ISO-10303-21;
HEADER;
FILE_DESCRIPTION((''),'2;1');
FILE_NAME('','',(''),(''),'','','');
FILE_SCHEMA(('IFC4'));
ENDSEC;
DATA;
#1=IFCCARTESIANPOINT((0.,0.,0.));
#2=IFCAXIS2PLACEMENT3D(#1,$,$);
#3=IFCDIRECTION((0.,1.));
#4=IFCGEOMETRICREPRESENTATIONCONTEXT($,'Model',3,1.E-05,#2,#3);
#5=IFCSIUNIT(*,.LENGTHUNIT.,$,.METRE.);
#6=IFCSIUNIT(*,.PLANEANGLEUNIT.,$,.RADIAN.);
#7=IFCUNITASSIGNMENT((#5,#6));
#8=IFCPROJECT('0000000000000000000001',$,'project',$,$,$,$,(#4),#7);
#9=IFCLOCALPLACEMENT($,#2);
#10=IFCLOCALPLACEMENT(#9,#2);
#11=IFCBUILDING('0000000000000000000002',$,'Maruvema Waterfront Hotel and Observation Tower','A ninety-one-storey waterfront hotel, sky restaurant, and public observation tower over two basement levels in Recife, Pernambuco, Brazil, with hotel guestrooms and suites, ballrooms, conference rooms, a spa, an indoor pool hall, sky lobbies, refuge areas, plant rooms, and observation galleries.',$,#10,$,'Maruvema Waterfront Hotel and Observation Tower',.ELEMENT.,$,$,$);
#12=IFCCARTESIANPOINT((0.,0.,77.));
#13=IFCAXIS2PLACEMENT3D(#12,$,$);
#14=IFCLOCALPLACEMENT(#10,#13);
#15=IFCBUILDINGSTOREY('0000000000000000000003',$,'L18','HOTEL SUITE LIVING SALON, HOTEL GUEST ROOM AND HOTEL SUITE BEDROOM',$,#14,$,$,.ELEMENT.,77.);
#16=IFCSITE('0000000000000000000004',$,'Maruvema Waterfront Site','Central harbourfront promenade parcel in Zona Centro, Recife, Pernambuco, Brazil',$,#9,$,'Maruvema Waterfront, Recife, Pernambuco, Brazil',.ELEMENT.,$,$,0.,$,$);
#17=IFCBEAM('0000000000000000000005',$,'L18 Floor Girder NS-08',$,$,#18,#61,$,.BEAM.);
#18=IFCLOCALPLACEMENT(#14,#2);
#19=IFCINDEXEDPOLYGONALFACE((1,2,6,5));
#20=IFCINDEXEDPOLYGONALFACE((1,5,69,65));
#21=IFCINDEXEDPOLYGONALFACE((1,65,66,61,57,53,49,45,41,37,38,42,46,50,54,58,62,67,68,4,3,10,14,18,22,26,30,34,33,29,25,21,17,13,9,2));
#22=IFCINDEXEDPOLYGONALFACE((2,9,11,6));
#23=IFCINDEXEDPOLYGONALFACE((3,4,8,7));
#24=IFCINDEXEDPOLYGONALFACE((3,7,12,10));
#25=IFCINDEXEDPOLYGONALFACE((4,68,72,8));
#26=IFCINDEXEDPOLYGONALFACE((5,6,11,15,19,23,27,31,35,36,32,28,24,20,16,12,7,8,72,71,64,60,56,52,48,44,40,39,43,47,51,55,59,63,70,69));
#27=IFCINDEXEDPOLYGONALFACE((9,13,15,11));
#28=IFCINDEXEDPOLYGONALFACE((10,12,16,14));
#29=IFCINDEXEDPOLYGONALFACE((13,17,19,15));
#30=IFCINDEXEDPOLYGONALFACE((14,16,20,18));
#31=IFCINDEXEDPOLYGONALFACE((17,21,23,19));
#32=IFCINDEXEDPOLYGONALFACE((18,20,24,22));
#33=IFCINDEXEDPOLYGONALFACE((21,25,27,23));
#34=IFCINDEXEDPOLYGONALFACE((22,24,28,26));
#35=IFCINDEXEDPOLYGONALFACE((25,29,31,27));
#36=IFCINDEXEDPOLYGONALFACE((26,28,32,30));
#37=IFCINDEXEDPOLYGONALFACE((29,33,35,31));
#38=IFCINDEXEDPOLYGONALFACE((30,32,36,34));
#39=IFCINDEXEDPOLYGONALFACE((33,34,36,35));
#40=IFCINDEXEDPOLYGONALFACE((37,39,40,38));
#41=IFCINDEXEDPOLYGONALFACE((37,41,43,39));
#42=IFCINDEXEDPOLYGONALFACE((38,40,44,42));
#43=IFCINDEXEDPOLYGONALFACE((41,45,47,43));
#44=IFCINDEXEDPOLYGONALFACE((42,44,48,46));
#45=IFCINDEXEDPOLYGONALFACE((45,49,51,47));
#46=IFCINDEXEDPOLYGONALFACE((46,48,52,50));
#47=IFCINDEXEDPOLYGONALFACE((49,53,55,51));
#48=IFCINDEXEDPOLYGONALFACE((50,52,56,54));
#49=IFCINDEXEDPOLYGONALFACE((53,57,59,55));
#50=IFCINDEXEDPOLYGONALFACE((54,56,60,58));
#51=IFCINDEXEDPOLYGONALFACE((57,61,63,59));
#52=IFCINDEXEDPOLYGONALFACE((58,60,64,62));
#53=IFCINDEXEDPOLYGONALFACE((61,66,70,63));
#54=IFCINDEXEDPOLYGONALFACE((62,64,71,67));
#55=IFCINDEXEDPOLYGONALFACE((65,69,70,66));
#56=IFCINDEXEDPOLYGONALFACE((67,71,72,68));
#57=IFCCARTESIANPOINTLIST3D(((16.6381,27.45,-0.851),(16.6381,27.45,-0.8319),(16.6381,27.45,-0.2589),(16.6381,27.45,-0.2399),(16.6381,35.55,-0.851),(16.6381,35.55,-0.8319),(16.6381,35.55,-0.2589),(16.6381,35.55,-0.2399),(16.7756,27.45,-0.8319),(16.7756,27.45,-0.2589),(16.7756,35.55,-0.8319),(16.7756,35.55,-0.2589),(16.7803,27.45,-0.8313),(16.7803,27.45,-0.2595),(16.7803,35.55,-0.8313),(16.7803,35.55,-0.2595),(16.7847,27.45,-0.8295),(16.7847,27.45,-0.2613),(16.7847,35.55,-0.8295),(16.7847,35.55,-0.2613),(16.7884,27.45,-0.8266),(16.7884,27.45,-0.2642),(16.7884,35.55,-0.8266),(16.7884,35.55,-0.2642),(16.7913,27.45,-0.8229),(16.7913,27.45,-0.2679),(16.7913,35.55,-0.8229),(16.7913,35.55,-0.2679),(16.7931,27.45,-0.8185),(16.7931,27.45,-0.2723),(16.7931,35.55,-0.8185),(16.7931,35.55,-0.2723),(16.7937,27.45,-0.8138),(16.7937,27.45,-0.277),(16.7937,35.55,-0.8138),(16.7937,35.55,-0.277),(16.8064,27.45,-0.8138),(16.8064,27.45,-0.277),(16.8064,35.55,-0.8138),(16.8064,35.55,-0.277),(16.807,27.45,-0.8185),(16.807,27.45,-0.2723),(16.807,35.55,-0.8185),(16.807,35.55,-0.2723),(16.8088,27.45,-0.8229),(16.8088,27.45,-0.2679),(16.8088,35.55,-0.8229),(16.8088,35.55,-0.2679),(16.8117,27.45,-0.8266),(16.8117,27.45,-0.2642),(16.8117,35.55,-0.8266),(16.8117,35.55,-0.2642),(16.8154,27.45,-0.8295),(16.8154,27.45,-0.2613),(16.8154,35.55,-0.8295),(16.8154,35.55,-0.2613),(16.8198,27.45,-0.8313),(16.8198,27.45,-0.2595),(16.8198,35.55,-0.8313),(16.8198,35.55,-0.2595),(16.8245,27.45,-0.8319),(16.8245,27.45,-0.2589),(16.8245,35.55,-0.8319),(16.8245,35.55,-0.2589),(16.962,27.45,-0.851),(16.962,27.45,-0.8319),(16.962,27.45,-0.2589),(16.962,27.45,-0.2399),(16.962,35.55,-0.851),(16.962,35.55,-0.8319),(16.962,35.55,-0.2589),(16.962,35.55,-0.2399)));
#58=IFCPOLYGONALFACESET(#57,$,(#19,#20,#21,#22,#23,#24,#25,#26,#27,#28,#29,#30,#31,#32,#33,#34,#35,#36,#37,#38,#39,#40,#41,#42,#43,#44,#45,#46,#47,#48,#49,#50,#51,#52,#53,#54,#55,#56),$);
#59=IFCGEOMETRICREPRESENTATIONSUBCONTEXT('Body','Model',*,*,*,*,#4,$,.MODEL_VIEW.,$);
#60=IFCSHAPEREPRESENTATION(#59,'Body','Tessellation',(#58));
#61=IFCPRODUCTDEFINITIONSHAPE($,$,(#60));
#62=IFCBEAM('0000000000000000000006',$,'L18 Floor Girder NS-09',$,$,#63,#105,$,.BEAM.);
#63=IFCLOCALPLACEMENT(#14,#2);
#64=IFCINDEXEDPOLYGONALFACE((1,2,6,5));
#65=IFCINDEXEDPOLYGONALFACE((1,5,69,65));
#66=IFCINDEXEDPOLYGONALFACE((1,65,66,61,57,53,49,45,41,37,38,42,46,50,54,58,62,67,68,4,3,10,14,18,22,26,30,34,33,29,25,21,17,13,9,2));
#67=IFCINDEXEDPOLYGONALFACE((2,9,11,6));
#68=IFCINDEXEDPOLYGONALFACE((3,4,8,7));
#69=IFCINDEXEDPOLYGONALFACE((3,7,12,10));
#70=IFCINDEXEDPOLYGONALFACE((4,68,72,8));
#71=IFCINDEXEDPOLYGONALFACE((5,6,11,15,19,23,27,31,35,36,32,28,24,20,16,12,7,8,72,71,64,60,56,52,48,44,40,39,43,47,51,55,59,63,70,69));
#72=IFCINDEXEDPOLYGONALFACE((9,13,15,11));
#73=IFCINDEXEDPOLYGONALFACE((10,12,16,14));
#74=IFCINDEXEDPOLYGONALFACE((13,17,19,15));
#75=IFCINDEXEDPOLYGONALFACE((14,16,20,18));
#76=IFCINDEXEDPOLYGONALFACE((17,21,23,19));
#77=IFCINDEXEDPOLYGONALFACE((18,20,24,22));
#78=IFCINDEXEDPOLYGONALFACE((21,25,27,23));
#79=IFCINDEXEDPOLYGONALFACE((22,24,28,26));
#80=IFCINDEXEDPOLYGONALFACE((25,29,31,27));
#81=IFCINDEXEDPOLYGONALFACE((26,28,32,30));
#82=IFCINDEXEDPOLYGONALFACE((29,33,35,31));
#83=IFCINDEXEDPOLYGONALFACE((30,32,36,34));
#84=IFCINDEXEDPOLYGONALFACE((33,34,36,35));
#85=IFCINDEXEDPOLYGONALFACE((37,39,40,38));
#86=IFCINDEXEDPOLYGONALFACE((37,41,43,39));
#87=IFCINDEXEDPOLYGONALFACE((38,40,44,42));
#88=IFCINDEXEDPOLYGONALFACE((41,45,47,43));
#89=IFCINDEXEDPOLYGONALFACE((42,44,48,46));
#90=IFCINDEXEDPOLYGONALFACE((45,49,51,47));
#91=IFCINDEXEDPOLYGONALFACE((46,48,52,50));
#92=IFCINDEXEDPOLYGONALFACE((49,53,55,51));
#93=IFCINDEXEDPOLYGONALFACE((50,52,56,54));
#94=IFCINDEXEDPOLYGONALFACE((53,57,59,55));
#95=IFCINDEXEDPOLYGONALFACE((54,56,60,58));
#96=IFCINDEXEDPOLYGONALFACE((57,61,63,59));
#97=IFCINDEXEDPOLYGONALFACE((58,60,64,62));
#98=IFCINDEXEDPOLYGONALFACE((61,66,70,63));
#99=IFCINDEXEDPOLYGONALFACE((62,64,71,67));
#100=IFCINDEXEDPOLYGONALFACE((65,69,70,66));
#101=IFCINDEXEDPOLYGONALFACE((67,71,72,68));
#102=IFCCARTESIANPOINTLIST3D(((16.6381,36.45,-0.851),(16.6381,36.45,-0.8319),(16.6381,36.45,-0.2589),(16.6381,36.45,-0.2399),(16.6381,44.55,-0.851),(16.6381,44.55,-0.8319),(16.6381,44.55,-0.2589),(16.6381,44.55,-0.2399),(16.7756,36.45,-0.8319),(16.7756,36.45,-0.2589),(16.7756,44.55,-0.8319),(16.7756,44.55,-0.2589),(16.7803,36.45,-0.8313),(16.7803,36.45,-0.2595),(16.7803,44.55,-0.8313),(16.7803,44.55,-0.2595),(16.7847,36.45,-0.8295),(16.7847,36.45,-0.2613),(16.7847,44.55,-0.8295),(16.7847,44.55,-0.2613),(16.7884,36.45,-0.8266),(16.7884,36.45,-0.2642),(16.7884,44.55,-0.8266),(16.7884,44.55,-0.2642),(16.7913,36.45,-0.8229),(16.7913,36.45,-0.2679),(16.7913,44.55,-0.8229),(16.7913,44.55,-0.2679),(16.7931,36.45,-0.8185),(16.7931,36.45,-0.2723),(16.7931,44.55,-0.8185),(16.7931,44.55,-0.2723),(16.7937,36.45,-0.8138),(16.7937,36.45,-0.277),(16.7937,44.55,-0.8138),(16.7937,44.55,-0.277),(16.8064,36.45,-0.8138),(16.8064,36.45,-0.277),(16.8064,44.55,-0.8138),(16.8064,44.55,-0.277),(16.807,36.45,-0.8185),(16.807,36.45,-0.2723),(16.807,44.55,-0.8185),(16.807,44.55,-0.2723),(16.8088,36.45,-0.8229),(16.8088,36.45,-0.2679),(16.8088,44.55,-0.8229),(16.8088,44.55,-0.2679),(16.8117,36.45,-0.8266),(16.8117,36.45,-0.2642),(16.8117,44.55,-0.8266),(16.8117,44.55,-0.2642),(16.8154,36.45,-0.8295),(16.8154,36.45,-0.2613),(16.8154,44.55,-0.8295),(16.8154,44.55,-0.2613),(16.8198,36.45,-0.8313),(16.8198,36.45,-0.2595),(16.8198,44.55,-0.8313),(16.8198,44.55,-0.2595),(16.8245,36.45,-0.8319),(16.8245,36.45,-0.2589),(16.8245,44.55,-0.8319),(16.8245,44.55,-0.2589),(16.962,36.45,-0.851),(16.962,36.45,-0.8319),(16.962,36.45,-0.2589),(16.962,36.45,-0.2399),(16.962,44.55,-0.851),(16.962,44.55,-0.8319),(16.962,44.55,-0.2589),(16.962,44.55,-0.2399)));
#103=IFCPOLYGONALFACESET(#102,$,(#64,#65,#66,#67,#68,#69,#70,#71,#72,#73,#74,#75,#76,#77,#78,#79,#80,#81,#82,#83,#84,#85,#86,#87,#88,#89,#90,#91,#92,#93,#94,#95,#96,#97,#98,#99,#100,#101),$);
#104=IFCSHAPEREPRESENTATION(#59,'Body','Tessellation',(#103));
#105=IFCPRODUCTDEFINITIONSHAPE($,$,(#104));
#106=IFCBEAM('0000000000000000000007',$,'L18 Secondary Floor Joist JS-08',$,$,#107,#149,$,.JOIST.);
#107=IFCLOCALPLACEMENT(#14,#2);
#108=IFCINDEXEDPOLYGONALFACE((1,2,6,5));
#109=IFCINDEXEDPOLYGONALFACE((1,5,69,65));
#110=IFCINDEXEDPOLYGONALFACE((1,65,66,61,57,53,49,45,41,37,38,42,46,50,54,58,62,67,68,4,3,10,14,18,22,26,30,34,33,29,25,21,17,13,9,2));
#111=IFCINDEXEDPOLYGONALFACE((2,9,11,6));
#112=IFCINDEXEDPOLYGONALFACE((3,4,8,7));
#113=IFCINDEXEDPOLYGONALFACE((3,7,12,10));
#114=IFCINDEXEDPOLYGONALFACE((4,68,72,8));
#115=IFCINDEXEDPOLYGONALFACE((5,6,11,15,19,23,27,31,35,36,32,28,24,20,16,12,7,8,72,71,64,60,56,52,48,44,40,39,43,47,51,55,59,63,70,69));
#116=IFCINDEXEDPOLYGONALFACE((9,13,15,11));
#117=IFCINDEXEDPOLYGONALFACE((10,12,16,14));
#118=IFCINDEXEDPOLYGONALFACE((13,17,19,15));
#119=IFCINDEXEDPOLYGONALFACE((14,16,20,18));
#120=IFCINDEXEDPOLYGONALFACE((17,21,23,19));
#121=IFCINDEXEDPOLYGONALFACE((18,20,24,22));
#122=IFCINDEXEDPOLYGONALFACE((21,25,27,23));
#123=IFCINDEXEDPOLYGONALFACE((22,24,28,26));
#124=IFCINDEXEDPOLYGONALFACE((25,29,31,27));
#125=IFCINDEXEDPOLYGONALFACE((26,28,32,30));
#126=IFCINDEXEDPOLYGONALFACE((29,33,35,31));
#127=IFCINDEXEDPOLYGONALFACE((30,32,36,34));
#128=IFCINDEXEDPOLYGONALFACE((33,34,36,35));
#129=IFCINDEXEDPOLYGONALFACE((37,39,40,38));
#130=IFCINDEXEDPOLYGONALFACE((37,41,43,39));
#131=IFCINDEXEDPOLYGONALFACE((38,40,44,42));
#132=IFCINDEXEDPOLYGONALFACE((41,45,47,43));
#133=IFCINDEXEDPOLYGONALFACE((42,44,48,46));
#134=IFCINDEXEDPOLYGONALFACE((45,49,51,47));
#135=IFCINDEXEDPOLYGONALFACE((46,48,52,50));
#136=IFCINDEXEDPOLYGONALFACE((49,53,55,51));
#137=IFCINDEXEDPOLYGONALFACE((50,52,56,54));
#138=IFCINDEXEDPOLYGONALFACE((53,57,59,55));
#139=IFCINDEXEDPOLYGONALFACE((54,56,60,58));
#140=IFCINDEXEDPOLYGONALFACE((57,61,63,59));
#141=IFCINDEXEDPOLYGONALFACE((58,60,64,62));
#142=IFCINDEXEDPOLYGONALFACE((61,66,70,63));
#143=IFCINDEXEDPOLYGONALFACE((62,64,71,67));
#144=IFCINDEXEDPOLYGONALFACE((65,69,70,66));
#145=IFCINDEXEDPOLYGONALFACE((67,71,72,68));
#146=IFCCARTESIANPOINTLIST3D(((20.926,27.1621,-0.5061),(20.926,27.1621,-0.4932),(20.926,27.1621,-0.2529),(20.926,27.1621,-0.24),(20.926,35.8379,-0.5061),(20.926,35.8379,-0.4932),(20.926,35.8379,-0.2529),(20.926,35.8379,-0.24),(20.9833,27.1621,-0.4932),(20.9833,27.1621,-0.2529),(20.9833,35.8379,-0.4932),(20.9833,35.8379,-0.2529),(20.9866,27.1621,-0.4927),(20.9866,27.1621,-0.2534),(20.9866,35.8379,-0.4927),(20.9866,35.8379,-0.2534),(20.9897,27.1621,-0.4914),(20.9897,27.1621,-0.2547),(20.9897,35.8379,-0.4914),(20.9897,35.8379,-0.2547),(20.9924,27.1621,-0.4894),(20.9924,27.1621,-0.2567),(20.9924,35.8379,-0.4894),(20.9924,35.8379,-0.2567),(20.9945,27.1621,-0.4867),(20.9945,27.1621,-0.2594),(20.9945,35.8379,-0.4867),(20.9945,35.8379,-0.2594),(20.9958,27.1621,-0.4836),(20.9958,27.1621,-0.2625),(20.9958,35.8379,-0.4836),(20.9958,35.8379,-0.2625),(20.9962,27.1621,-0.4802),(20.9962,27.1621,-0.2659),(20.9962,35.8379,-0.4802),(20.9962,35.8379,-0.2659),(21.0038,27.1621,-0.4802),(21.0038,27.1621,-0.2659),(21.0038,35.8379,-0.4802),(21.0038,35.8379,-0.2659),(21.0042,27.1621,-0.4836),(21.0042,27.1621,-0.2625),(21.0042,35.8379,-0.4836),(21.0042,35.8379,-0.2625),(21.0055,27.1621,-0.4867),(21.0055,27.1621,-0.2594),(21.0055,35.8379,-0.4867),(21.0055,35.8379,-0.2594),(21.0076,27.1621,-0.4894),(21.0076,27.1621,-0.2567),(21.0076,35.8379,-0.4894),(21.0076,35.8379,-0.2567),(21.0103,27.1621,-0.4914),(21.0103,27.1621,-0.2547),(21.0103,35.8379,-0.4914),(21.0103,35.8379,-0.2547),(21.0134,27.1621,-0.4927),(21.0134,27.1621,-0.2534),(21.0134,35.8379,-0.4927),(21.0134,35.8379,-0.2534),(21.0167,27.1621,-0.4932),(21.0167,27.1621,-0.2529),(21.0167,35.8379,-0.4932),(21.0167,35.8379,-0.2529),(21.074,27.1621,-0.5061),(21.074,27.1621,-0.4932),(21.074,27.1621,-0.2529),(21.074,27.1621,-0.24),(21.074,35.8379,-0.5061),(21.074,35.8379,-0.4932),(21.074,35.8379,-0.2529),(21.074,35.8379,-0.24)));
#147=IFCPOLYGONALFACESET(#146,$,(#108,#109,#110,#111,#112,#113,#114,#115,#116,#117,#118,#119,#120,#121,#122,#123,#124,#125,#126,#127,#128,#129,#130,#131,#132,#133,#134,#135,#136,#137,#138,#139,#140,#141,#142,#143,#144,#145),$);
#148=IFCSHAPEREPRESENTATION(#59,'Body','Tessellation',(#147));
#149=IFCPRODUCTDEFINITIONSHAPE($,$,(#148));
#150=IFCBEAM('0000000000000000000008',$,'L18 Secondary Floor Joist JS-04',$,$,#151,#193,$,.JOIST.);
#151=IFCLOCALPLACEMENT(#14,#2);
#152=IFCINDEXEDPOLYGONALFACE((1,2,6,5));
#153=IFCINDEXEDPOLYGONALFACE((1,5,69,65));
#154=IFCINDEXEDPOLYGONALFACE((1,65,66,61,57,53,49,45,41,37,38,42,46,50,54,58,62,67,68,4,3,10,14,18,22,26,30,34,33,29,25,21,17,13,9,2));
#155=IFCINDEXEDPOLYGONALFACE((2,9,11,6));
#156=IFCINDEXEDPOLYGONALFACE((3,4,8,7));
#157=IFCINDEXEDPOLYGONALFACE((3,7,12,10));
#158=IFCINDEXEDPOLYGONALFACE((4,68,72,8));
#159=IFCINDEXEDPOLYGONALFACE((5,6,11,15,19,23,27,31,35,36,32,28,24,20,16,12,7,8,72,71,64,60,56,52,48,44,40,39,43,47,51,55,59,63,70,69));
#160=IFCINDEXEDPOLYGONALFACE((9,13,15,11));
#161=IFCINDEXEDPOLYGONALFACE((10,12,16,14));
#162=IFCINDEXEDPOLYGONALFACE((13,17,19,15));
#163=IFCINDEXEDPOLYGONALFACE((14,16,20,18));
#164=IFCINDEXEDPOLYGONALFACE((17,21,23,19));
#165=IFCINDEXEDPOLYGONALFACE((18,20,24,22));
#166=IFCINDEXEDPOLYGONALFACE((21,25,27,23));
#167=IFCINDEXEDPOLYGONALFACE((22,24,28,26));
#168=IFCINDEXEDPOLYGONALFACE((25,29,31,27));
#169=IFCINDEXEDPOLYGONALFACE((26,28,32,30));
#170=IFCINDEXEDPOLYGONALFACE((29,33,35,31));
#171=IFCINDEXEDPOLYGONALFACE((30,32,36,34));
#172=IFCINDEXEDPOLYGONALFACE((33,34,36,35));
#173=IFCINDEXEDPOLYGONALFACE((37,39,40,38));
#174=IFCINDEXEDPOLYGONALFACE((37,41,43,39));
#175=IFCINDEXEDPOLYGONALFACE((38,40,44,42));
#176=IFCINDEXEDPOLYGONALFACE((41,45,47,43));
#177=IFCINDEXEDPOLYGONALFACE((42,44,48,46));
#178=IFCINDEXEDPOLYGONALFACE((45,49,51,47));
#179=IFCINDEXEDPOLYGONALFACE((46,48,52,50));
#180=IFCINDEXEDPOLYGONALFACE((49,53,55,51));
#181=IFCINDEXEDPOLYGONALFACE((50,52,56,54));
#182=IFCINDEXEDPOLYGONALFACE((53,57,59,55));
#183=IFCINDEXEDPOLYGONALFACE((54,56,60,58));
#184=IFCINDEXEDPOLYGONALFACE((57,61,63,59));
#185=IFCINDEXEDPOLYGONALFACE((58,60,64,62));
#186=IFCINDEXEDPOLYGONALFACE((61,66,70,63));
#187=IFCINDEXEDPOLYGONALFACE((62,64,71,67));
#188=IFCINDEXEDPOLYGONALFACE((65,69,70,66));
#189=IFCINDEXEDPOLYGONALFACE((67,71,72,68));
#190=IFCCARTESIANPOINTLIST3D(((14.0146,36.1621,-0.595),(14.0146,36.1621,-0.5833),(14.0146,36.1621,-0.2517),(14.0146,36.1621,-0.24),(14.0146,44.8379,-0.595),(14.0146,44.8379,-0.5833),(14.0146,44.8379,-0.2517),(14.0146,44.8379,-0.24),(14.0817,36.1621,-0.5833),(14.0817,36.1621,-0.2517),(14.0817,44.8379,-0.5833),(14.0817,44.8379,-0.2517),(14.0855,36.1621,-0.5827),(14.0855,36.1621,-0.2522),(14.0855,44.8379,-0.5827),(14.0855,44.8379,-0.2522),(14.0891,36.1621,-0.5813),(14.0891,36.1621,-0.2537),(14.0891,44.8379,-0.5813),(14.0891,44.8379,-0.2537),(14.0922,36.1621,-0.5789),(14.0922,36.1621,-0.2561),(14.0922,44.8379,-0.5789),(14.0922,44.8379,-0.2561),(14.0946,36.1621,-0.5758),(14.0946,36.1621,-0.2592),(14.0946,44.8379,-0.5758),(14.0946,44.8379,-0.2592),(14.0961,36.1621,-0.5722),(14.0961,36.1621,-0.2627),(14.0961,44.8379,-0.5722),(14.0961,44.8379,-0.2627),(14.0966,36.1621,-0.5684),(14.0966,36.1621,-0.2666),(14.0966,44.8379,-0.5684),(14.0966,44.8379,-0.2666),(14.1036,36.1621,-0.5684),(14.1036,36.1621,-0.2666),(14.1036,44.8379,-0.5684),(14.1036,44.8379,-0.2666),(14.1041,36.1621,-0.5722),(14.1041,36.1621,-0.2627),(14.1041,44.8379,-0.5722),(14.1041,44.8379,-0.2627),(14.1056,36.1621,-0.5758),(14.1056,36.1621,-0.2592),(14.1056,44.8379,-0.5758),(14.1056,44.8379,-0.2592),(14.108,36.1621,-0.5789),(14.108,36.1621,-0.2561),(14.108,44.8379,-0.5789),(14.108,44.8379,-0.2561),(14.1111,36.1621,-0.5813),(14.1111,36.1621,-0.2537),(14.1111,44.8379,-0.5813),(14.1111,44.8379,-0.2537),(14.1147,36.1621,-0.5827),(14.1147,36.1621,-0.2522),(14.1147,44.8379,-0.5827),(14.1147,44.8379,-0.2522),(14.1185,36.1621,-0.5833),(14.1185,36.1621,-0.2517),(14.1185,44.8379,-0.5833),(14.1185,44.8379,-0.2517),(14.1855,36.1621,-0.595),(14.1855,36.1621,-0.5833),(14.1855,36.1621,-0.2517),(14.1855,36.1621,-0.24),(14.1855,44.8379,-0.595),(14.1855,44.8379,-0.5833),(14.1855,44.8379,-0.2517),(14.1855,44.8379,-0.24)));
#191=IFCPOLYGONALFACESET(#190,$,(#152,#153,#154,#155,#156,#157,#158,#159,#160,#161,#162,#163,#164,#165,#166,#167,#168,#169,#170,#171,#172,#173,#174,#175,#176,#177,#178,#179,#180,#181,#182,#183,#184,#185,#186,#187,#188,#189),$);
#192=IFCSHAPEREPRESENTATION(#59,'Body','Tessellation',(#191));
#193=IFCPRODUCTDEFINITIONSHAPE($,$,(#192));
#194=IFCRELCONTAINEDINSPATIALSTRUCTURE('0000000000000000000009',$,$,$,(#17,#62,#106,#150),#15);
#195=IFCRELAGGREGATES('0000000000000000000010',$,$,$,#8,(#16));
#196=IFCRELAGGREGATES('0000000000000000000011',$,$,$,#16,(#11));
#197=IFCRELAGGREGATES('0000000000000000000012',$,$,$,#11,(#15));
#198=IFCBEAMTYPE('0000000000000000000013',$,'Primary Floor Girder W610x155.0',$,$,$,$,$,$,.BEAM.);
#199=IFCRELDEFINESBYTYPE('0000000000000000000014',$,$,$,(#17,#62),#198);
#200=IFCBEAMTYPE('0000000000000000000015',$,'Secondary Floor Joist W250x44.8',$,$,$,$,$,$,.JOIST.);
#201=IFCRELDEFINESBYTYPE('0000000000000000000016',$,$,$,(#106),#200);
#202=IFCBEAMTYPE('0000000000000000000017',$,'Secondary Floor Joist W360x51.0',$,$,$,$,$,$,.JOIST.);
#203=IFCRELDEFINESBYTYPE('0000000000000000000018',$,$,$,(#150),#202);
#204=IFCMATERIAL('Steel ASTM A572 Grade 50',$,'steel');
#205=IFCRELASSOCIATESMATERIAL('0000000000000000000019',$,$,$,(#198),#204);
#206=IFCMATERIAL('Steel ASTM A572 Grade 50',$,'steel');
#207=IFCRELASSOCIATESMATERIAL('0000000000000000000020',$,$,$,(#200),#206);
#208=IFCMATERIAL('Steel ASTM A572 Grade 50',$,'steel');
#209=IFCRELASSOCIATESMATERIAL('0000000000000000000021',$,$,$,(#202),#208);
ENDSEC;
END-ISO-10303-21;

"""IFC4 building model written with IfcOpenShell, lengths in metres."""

from ifc_helpers import new_model, si_unit, direction, frame, origin, origin_2d, place, context, subcontext, project, spatial, i_section, extrude, material, material_profile, profile_set, type_object, element, save


model = new_model("IFC4")

# Units and contexts
model_context = context("Model", 3, precision=1e-05, world=origin(), true_north=direction((0.0, 1.0)))
body_context = subcontext(model_context, "Body", "Model", "MODEL_VIEW")
ifc_project = project(units=[si_unit("LENGTHUNIT", "METRE"), si_unit("PLANEANGLEUNIT", "RADIAN")], contexts=[model_context])

# Site, building, storey
site_placement = place(None, origin())
site = spatial("IfcSite", under=ifc_project, at=site_placement, Name="Maruvema Waterfront Site", Description="Central harbourfront promenade parcel in Zona Centro, Recife, Pernambuco, Brazil", LongName="Maruvema Waterfront, Recife, Pernambuco, Brazil", CompositionType="ELEMENT", RefElevation=0.0)
building_placement = place(site_placement, origin())
building = spatial("IfcBuilding", under=site, at=building_placement, Name="Maruvema Waterfront Hotel and Observation Tower", Description="A ninety-one-storey waterfront hotel, sky restaurant, and public observation tower over two basement levels in Recife, Pernambuco, Brazil, with hotel guestrooms and suites, ballrooms, conference rooms, a spa, an indoor pool hall, sky lobbies, refuge areas, plant rooms, and observation galleries.", LongName="Maruvema Waterfront Hotel and Observation Tower", CompositionType="ELEMENT")
storey_placement = place(building_placement, frame((0.0, 0.0, 77.0)))
storey = spatial("IfcBuildingStorey", under=building, at=storey_placement, Name="L18", Description="HOTEL SUITE LIVING SALON, HOTEL GUEST ROOM AND HOTEL SUITE BEDROOM", CompositionType="ELEMENT", Elevation=77.0)

# Beams
ifc_material_1 = material(Name="Steel ASTM A572 Grade 50", Category="steel")
ifc_material_profile_1 = material_profile(ifc_material_1, i_section(OverallWidth=0.324, OverallDepth=0.6111, WebThickness=0.0127, FlangeThickness=0.019, FilletRadius=0.0181, at=origin_2d()), Name="W610x155.0")
ifc_profile_set_1 = profile_set([ifc_material_profile_1], Name="Steel ASTM A572 Grade 50")
beam_type_1 = type_object("IfcBeamType", Name="Primary Floor Girder W610x155.0", PredefinedType="BEAM", material=ifc_profile_set_1)
for number, where, z_axis, x_axis, name in (
    (1, (16.8, 27.45, -0.5454), (0.0, 1.0, 0.0), (-1.0, 0.0, 0.0), "L18 Floor Girder NS-08"),
    (2, (16.8, 36.45, -0.5454), (0.0, 1.0, 0.0), (-1.0, 0.0, 0.0), "L18 Floor Girder NS-09"),
):
    element("IfcBeam", number, at=place(storey_placement, frame(where, z_axis=z_axis, x_axis=x_axis)), inside=storey, type_object=beam_type_1, Name=name, PredefinedType="BEAM", context=body_context, shape_type="SweptSolid", body=[
        extrude(i_section(OverallWidth=0.324, OverallDepth=0.6111, WebThickness=0.0127, FlangeThickness=0.019, FilletRadius=0.0181, at=origin_2d()), origin(), (0.0, 0.0, 1.0), 8.1001),
    ])
ifc_material_2 = material(Name="Steel ASTM A572 Grade 50", Category="steel")
ifc_material_profile_2 = material_profile(ifc_material_2, i_section(OverallWidth=0.1479, OverallDepth=0.2661, WebThickness=0.0076, FlangeThickness=0.0129, FilletRadius=0.0129, at=origin_2d()), Name="W250x44.8")
ifc_profile_set_2 = profile_set([ifc_material_profile_2], Name="Steel ASTM A572 Grade 50")
beam_type_2 = type_object("IfcBeamType", Name="Secondary Floor Joist W250x44.8", PredefinedType="JOIST", material=ifc_profile_set_2)
beam_1_placement = place(storey_placement, frame((21.0, 27.1621, -0.373), z_axis=(0.0, 1.0, 0.0), x_axis=(-1.0, 0.0, 0.0)))
element("IfcBeam", 3, at=beam_1_placement, inside=storey, type_object=beam_type_2, Name="L18 Secondary Floor Joist JS-08", PredefinedType="JOIST", context=body_context, shape_type="SweptSolid", body=[
    extrude(i_section(OverallWidth=0.1479, OverallDepth=0.2661, WebThickness=0.0076, FlangeThickness=0.0129, FilletRadius=0.0129, at=origin_2d()), origin(), (0.0, 0.0, 1.0), 8.6758),
])
ifc_material_3 = material(Name="Steel ASTM A572 Grade 50", Category="steel")
ifc_material_profile_3 = material_profile(ifc_material_3, i_section(OverallWidth=0.1709, OverallDepth=0.355, WebThickness=0.0071, FlangeThickness=0.0117, FilletRadius=0.0149, at=origin_2d()), Name="W360x51.0")
ifc_profile_set_3 = profile_set([ifc_material_profile_3], Name="Steel ASTM A572 Grade 50")
beam_type_3 = type_object("IfcBeamType", Name="Secondary Floor Joist W360x51.0", PredefinedType="JOIST", material=ifc_profile_set_3)
beam_2_placement = place(storey_placement, frame((14.1001, 36.1621, -0.4175), z_axis=(0.0, 1.0, 0.0), x_axis=(-1.0, 0.0, 0.0)))
element("IfcBeam", 4, at=beam_2_placement, inside=storey, type_object=beam_type_3, Name="L18 Secondary Floor Joist JS-04", PredefinedType="JOIST", context=body_context, shape_type="SweptSolid", body=[
    extrude(i_section(OverallWidth=0.1709, OverallDepth=0.355, WebThickness=0.0071, FlangeThickness=0.0117, FilletRadius=0.0149, at=origin_2d()), origin(), (0.0, 0.0, 1.0), 8.6758),
])

save(model, "model.ifc")
